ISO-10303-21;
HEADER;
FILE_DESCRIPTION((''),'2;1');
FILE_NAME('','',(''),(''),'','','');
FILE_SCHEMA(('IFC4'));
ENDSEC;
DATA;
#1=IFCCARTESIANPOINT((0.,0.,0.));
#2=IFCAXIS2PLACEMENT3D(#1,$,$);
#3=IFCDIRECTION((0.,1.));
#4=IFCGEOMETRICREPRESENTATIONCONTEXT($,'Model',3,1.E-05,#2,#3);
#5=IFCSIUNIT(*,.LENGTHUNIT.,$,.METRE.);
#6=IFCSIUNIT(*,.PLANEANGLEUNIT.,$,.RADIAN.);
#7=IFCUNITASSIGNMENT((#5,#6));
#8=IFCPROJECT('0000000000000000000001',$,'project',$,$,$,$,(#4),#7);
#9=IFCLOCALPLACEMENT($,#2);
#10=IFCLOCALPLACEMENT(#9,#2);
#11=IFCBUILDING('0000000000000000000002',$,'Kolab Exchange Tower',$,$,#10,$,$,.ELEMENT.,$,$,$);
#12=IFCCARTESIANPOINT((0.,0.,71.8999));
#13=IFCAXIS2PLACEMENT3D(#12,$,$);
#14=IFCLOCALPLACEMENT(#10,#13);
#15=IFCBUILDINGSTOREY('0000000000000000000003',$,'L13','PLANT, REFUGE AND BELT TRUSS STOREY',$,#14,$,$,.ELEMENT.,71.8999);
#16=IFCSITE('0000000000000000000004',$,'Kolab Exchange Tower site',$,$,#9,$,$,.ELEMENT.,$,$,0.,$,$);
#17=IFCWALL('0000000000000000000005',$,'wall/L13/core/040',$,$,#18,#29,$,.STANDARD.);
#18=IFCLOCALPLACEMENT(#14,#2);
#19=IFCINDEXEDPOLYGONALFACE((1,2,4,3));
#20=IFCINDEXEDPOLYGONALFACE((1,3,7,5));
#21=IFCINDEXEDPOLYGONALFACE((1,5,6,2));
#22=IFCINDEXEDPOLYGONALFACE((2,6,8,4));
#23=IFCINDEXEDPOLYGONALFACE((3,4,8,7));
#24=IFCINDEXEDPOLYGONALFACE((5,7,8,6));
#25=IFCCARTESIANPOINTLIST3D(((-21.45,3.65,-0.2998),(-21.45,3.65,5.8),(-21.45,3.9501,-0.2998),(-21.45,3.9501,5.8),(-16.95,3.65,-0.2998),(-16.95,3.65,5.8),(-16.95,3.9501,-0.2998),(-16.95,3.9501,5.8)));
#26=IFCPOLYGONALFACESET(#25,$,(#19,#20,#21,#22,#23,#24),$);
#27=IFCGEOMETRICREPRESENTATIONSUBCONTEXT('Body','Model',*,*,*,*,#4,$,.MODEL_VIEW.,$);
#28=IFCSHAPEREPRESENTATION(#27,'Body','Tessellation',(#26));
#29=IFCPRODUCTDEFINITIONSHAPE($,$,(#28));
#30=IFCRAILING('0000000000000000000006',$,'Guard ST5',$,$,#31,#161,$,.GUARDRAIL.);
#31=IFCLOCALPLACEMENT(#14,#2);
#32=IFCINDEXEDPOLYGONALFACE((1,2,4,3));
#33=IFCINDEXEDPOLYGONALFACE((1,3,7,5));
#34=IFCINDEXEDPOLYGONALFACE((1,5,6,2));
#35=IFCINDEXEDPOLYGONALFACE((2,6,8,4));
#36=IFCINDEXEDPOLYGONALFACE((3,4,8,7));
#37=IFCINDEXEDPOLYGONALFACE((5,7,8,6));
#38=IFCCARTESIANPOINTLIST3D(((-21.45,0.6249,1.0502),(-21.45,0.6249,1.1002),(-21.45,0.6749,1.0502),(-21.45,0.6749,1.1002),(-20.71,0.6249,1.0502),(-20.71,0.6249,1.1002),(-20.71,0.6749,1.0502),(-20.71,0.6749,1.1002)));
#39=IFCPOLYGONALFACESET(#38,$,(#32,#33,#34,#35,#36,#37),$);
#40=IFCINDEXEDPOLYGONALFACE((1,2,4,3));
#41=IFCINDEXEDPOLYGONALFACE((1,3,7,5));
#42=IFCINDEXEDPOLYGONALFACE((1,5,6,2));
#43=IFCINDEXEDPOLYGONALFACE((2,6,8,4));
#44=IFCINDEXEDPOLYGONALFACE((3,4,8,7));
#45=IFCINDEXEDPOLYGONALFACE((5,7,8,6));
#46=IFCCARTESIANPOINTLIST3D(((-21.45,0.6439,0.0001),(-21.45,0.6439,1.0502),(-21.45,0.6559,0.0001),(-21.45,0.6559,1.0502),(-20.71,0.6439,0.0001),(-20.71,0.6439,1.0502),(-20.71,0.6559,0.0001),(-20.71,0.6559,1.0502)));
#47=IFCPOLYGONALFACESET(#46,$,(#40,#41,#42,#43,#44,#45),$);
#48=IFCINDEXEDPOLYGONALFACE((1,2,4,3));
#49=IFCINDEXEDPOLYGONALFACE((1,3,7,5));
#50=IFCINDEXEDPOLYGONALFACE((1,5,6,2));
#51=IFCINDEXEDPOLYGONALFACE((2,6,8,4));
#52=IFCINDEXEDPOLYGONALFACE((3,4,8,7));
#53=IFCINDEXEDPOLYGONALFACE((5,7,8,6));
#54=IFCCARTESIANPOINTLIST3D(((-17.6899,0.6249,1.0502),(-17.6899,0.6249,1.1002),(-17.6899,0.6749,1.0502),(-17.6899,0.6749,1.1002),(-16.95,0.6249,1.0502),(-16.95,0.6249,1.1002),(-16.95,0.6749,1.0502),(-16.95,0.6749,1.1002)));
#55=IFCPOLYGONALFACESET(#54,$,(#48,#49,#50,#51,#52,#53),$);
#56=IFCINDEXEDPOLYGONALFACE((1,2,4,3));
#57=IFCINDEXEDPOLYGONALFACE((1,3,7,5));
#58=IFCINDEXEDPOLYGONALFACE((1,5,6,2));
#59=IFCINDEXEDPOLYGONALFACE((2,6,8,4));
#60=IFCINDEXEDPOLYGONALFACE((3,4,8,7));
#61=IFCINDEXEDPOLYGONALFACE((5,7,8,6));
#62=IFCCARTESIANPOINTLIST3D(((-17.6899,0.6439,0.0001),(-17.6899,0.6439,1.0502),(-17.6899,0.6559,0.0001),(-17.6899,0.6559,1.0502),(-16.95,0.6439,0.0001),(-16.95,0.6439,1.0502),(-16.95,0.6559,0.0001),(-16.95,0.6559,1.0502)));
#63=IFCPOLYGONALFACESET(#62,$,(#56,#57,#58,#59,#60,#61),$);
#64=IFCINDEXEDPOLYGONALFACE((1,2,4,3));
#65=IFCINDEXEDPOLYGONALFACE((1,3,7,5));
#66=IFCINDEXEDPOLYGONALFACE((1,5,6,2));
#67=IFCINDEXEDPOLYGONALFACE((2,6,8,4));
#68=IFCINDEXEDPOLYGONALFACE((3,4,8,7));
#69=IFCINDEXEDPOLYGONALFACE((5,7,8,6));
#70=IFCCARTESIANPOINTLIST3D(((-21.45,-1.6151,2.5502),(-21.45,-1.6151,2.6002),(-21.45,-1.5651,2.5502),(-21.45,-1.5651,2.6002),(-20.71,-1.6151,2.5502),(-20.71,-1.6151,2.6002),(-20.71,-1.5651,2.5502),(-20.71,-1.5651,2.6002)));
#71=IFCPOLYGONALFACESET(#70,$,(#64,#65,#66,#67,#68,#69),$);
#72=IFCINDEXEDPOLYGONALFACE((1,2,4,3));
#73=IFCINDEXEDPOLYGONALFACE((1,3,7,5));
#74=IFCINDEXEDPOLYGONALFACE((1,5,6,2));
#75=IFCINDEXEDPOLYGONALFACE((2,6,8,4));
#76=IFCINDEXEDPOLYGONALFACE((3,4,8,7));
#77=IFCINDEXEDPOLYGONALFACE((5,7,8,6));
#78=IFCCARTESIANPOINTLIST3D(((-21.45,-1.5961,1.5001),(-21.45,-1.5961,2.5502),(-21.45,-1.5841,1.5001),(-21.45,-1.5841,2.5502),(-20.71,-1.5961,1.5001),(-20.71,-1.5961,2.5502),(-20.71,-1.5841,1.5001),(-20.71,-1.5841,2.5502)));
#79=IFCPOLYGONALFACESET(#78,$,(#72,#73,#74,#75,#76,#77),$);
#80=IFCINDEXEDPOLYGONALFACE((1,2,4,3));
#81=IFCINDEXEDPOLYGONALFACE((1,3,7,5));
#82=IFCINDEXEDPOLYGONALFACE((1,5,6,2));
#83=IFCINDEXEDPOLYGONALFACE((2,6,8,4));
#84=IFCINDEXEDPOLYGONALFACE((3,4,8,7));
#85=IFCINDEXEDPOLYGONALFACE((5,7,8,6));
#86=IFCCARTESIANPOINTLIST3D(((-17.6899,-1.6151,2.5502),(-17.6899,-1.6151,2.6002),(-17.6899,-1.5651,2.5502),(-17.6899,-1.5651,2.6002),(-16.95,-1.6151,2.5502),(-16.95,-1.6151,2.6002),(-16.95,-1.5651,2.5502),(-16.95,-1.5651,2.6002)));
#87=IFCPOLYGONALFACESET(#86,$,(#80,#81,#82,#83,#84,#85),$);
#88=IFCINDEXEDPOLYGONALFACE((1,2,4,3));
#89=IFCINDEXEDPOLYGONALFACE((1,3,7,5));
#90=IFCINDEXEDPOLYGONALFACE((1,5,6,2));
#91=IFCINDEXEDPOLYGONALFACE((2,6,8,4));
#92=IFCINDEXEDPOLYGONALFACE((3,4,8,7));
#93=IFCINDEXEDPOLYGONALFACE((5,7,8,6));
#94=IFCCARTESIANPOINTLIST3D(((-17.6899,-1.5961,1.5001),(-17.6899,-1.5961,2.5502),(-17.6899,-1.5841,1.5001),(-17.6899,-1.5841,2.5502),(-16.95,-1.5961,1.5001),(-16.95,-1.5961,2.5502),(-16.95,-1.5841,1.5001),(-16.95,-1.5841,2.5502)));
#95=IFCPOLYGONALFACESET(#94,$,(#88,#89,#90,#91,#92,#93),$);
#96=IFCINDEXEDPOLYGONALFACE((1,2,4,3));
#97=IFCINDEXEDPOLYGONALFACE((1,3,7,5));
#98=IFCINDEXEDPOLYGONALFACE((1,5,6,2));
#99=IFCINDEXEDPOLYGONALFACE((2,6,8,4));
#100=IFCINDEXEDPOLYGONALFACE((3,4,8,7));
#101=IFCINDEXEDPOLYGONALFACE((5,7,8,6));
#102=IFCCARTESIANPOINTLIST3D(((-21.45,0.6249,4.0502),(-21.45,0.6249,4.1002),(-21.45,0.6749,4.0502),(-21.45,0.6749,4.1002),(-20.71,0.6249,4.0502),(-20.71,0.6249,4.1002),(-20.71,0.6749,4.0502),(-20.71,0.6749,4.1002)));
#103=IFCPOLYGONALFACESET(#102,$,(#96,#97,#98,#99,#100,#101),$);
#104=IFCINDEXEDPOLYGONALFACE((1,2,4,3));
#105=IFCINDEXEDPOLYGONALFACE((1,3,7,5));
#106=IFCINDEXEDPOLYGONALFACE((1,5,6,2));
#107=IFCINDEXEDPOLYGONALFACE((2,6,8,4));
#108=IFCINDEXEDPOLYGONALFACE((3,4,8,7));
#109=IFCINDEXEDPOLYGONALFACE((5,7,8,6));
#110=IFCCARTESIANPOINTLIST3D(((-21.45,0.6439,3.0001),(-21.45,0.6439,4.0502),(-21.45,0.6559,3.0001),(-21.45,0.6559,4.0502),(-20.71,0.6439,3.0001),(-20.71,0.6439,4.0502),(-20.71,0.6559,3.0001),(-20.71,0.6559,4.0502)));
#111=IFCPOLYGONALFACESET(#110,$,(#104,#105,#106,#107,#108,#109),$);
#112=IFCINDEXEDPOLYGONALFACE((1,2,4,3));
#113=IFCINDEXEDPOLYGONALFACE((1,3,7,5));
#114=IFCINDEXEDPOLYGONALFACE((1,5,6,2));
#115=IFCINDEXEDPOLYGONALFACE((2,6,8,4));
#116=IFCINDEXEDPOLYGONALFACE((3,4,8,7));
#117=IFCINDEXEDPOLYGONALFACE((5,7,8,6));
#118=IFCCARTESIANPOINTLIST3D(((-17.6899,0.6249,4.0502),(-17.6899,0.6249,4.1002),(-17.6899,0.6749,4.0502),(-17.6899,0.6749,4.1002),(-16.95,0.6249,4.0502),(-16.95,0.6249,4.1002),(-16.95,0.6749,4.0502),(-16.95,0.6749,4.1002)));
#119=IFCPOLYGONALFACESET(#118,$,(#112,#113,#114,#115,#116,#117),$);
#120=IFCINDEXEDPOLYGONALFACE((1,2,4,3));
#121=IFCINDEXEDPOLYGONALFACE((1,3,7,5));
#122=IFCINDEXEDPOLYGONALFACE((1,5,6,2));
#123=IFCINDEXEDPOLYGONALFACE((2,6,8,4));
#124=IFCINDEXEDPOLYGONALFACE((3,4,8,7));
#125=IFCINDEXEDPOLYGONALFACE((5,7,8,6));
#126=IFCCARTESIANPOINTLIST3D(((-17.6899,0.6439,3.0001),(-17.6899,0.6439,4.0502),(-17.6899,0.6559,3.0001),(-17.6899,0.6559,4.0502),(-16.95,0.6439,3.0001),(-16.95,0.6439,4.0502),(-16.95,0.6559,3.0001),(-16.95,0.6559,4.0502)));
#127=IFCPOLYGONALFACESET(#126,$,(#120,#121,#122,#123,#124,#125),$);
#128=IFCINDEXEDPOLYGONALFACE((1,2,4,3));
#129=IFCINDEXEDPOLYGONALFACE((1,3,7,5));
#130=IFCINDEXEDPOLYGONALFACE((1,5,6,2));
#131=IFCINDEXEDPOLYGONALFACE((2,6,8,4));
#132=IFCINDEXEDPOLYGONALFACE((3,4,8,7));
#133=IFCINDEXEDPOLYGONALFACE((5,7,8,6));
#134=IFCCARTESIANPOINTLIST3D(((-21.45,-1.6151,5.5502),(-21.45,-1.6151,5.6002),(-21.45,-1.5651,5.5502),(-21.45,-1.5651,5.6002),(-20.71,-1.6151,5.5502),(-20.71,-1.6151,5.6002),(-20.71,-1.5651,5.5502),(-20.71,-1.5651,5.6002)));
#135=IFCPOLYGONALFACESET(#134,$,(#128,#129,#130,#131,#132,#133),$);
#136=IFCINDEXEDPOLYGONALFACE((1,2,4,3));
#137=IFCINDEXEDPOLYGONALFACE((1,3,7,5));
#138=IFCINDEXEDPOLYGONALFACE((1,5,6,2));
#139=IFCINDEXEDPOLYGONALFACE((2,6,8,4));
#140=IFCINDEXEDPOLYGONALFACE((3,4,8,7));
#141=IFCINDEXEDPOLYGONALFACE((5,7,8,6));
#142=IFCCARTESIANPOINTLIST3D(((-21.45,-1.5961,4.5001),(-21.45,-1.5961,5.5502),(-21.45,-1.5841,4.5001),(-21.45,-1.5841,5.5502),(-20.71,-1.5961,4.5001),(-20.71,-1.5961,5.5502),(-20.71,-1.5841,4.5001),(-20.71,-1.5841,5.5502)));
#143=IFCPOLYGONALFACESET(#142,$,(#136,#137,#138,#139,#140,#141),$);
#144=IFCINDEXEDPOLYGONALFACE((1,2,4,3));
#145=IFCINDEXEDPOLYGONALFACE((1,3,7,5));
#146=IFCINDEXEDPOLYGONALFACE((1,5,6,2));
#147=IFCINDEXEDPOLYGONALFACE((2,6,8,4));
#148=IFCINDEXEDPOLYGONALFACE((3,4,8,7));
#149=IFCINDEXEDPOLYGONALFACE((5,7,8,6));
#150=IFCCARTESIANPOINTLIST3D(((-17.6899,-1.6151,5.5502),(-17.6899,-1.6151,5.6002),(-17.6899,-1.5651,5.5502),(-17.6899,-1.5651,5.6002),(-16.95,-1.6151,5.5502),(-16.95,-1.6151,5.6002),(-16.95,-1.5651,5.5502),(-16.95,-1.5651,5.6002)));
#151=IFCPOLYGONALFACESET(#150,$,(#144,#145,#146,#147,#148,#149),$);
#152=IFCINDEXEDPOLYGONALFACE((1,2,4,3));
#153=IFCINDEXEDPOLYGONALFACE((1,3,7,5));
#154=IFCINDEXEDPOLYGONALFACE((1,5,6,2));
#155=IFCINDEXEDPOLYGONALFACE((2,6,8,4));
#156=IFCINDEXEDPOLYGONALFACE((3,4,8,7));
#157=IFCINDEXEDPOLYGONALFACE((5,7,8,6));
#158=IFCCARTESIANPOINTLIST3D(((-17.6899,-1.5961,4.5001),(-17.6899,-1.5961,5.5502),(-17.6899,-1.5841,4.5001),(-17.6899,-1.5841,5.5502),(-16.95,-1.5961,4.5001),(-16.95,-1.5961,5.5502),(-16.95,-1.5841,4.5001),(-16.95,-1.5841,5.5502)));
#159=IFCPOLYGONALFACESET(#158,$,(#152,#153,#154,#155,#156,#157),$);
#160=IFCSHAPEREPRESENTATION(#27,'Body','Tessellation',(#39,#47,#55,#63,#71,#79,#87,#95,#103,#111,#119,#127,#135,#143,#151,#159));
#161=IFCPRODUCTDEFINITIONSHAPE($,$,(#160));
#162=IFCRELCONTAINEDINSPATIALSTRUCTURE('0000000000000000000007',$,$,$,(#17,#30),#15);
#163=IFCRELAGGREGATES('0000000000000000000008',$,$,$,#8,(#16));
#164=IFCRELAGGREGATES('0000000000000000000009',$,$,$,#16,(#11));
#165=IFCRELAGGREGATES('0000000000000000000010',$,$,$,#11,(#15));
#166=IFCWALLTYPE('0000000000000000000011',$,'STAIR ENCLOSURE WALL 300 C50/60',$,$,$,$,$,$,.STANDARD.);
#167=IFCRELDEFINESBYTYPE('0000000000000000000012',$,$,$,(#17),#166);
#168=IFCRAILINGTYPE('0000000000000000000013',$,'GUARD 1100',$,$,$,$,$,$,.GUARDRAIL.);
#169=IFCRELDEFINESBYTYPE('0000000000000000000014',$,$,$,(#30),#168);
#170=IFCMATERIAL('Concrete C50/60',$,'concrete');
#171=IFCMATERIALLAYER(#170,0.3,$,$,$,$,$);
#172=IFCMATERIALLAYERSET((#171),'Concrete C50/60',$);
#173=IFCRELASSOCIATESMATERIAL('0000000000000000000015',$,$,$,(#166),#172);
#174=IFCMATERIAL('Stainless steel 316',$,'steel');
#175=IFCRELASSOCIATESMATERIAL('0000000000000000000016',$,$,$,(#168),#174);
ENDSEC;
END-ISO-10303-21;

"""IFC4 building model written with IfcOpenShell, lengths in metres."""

from ifc_helpers import new_model, si_unit, direction, frame, frame_2d, origin, origin_2d, place, context, subcontext, project, spatial, rectangle, extrude, material, layer, layer_set, type_object, element, save


model = new_model("IFC4")

# Units and contexts
model_context = context("Model", 3, precision=1e-05, world=origin(), true_north=direction((0.0, 1.0)))
body_context = subcontext(model_context, "Body", "Model", "MODEL_VIEW")
ifc_project = project(units=[si_unit("LENGTHUNIT", "METRE"), si_unit("PLANEANGLEUNIT", "RADIAN")], contexts=[model_context])

# Site, building, storey
site_placement = place(None, origin())
site = spatial("IfcSite", under=ifc_project, at=site_placement, Name="Kolab Exchange Tower site", CompositionType="ELEMENT", RefElevation=0.0)
building_placement = place(site_placement, origin())
building = spatial("IfcBuilding", under=site, at=building_placement, Name="Kolab Exchange Tower", CompositionType="ELEMENT")
storey_placement = place(building_placement, frame((0.0, 0.0, 71.8999)))
storey = spatial("IfcBuildingStorey", under=building, at=storey_placement, Name="L13", Description="PLANT, REFUGE AND BELT TRUSS STOREY", CompositionType="ELEMENT", Elevation=71.8999)

# Wall
ifc_material_1 = material(Name="Concrete C50/60", Category="concrete")
ifc_layer_1 = layer(ifc_material_1, 0.3)
ifc_layer_set_1 = layer_set([ifc_layer_1], Name="Concrete C50/60")
wall_type_1 = type_object("IfcWallType", Name="STAIR ENCLOSURE WALL 300 C50/60", PredefinedType="STANDARD", material=ifc_layer_set_1)
wall_1_placement = place(storey_placement, frame((-21.45, 3.8, -0.2998), z_axis=(0.0, 0.0, 1.0), x_axis=(1.0, 0.0, 0.0)))
element("IfcWall", 1, at=wall_1_placement, inside=storey, type_object=wall_type_1, Name="wall/L13/core/040", PredefinedType="STANDARD", context=body_context, shape_type="SweptSolid", body=[
    extrude(rectangle(XDim=4.5, YDim=0.3, at=frame_2d((2.25, 0.0))), origin(), (0.0, 0.0, 1.0), 6.0999),
])

# Railing
ifc_material_2 = material(Name="Stainless steel 316", Category="steel")
railing_type = type_object("IfcRailingType", Name="GUARD 1100", PredefinedType="GUARDRAIL", material=ifc_material_2)
railing_1_placement = place(storey_placement, frame((-21.45, 0.6499, 0.0)))
element("IfcRailing", 2, at=railing_1_placement, inside=storey, type_object=railing_type, Name="Guard ST5", PredefinedType="GUARDRAIL", context=body_context, shape_type="SweptSolid", body=[
    extrude(rectangle(XDim=0.05, YDim=0.05, at=origin_2d()), frame((0.0, 0.0, 1.0752), z_axis=(1.0, 0.0, 0.0), x_axis=(0.0, 1.0, 0.0)), (0.0, 0.0, 1.0), 0.74),
    extrude(rectangle(XDim=0.012, YDim=1.0501, at=frame_2d((0.0, 0.5251))), frame((0.0, 0.0, 0.0), z_axis=(1.0, 0.0, 0.0), x_axis=(0.0, 1.0, 0.0)), (0.0, 0.0, 1.0), 0.74),
    extrude(rectangle(XDim=0.05, YDim=0.05, at=origin_2d()), frame((3.76, 0.0, 1.0752), z_axis=(1.0, 0.0, 0.0), x_axis=(0.0, 1.0, 0.0)), (0.0, 0.0, 1.0), 0.74),
    extrude(rectangle(XDim=0.012, YDim=1.0501, at=frame_2d((0.0, 0.5251))), frame((3.76, 0.0, 0.0), z_axis=(1.0, 0.0, 0.0), x_axis=(0.0, 1.0, 0.0)), (0.0, 0.0, 1.0), 0.74),
    extrude(rectangle(XDim=0.05, YDim=0.05, at=origin_2d()), frame((0.0, -2.24, 2.5752), z_axis=(1.0, 0.0, 0.0), x_axis=(0.0, 1.0, 0.0)), (0.0, 0.0, 1.0), 0.74),
    extrude(rectangle(XDim=0.012, YDim=1.0501, at=frame_2d((0.0, 0.5251))), frame((0.0, -2.24, 1.5), z_axis=(1.0, 0.0, 0.0), x_axis=(0.0, 1.0, 0.0)), (0.0, 0.0, 1.0), 0.74),
    extrude(rectangle(XDim=0.05, YDim=0.05, at=origin_2d()), frame((3.76, -2.24, 2.5752), z_axis=(1.0, 0.0, 0.0), x_axis=(0.0, 1.0, 0.0)), (0.0, 0.0, 1.0), 0.74),
    extrude(rectangle(XDim=0.012, YDim=1.0501, at=frame_2d((0.0, 0.5251))), frame((3.76, -2.24, 1.5), z_axis=(1.0, 0.0, 0.0), x_axis=(0.0, 1.0, 0.0)), (0.0, 0.0, 1.0), 0.74),
    extrude(rectangle(XDim=0.05, YDim=0.05, at=origin_2d()), frame((0.0, 0.0, 4.0752), z_axis=(1.0, 0.0, 0.0), x_axis=(0.0, 1.0, 0.0)), (0.0, 0.0, 1.0), 0.74),
    extrude(rectangle(XDim=0.012, YDim=1.0501, at=frame_2d((0.0, 0.5251))), frame((0.0, 0.0, 3.0), z_axis=(1.0, 0.0, 0.0), x_axis=(0.0, 1.0, 0.0)), (0.0, 0.0, 1.0), 0.74),
    extrude(rectangle(XDim=0.05, YDim=0.05, at=origin_2d()), frame((3.76, 0.0, 4.0752), z_axis=(1.0, 0.0, 0.0), x_axis=(0.0, 1.0, 0.0)), (0.0, 0.0, 1.0), 0.74),
    extrude(rectangle(XDim=0.012, YDim=1.0501, at=frame_2d((0.0, 0.5251))), frame((3.76, 0.0, 3.0), z_axis=(1.0, 0.0, 0.0), x_axis=(0.0, 1.0, 0.0)), (0.0, 0.0, 1.0), 0.74),
    extrude(rectangle(XDim=0.05, YDim=0.05, at=origin_2d()), frame((0.0, -2.24, 5.5752), z_axis=(1.0, 0.0, 0.0), x_axis=(0.0, 1.0, 0.0)), (0.0, 0.0, 1.0), 0.74),
    extrude(rectangle(XDim=0.012, YDim=1.0501, at=frame_2d((0.0, 0.5251))), frame((0.0, -2.24, 4.5), z_axis=(1.0, 0.0, 0.0), x_axis=(0.0, 1.0, 0.0)), (0.0, 0.0, 1.0), 0.74),
    extrude(rectangle(XDim=0.05, YDim=0.05, at=origin_2d()), frame((3.76, -2.24, 5.5752), z_axis=(1.0, 0.0, 0.0), x_axis=(0.0, 1.0, 0.0)), (0.0, 0.0, 1.0), 0.74),
    extrude(rectangle(XDim=0.012, YDim=1.0501, at=frame_2d((0.0, 0.5251))), frame((3.76, -2.24, 4.5), z_axis=(1.0, 0.0, 0.0), x_axis=(0.0, 1.0, 0.0)), (0.0, 0.0, 1.0), 0.74),
])

save(model, "model.ifc")
